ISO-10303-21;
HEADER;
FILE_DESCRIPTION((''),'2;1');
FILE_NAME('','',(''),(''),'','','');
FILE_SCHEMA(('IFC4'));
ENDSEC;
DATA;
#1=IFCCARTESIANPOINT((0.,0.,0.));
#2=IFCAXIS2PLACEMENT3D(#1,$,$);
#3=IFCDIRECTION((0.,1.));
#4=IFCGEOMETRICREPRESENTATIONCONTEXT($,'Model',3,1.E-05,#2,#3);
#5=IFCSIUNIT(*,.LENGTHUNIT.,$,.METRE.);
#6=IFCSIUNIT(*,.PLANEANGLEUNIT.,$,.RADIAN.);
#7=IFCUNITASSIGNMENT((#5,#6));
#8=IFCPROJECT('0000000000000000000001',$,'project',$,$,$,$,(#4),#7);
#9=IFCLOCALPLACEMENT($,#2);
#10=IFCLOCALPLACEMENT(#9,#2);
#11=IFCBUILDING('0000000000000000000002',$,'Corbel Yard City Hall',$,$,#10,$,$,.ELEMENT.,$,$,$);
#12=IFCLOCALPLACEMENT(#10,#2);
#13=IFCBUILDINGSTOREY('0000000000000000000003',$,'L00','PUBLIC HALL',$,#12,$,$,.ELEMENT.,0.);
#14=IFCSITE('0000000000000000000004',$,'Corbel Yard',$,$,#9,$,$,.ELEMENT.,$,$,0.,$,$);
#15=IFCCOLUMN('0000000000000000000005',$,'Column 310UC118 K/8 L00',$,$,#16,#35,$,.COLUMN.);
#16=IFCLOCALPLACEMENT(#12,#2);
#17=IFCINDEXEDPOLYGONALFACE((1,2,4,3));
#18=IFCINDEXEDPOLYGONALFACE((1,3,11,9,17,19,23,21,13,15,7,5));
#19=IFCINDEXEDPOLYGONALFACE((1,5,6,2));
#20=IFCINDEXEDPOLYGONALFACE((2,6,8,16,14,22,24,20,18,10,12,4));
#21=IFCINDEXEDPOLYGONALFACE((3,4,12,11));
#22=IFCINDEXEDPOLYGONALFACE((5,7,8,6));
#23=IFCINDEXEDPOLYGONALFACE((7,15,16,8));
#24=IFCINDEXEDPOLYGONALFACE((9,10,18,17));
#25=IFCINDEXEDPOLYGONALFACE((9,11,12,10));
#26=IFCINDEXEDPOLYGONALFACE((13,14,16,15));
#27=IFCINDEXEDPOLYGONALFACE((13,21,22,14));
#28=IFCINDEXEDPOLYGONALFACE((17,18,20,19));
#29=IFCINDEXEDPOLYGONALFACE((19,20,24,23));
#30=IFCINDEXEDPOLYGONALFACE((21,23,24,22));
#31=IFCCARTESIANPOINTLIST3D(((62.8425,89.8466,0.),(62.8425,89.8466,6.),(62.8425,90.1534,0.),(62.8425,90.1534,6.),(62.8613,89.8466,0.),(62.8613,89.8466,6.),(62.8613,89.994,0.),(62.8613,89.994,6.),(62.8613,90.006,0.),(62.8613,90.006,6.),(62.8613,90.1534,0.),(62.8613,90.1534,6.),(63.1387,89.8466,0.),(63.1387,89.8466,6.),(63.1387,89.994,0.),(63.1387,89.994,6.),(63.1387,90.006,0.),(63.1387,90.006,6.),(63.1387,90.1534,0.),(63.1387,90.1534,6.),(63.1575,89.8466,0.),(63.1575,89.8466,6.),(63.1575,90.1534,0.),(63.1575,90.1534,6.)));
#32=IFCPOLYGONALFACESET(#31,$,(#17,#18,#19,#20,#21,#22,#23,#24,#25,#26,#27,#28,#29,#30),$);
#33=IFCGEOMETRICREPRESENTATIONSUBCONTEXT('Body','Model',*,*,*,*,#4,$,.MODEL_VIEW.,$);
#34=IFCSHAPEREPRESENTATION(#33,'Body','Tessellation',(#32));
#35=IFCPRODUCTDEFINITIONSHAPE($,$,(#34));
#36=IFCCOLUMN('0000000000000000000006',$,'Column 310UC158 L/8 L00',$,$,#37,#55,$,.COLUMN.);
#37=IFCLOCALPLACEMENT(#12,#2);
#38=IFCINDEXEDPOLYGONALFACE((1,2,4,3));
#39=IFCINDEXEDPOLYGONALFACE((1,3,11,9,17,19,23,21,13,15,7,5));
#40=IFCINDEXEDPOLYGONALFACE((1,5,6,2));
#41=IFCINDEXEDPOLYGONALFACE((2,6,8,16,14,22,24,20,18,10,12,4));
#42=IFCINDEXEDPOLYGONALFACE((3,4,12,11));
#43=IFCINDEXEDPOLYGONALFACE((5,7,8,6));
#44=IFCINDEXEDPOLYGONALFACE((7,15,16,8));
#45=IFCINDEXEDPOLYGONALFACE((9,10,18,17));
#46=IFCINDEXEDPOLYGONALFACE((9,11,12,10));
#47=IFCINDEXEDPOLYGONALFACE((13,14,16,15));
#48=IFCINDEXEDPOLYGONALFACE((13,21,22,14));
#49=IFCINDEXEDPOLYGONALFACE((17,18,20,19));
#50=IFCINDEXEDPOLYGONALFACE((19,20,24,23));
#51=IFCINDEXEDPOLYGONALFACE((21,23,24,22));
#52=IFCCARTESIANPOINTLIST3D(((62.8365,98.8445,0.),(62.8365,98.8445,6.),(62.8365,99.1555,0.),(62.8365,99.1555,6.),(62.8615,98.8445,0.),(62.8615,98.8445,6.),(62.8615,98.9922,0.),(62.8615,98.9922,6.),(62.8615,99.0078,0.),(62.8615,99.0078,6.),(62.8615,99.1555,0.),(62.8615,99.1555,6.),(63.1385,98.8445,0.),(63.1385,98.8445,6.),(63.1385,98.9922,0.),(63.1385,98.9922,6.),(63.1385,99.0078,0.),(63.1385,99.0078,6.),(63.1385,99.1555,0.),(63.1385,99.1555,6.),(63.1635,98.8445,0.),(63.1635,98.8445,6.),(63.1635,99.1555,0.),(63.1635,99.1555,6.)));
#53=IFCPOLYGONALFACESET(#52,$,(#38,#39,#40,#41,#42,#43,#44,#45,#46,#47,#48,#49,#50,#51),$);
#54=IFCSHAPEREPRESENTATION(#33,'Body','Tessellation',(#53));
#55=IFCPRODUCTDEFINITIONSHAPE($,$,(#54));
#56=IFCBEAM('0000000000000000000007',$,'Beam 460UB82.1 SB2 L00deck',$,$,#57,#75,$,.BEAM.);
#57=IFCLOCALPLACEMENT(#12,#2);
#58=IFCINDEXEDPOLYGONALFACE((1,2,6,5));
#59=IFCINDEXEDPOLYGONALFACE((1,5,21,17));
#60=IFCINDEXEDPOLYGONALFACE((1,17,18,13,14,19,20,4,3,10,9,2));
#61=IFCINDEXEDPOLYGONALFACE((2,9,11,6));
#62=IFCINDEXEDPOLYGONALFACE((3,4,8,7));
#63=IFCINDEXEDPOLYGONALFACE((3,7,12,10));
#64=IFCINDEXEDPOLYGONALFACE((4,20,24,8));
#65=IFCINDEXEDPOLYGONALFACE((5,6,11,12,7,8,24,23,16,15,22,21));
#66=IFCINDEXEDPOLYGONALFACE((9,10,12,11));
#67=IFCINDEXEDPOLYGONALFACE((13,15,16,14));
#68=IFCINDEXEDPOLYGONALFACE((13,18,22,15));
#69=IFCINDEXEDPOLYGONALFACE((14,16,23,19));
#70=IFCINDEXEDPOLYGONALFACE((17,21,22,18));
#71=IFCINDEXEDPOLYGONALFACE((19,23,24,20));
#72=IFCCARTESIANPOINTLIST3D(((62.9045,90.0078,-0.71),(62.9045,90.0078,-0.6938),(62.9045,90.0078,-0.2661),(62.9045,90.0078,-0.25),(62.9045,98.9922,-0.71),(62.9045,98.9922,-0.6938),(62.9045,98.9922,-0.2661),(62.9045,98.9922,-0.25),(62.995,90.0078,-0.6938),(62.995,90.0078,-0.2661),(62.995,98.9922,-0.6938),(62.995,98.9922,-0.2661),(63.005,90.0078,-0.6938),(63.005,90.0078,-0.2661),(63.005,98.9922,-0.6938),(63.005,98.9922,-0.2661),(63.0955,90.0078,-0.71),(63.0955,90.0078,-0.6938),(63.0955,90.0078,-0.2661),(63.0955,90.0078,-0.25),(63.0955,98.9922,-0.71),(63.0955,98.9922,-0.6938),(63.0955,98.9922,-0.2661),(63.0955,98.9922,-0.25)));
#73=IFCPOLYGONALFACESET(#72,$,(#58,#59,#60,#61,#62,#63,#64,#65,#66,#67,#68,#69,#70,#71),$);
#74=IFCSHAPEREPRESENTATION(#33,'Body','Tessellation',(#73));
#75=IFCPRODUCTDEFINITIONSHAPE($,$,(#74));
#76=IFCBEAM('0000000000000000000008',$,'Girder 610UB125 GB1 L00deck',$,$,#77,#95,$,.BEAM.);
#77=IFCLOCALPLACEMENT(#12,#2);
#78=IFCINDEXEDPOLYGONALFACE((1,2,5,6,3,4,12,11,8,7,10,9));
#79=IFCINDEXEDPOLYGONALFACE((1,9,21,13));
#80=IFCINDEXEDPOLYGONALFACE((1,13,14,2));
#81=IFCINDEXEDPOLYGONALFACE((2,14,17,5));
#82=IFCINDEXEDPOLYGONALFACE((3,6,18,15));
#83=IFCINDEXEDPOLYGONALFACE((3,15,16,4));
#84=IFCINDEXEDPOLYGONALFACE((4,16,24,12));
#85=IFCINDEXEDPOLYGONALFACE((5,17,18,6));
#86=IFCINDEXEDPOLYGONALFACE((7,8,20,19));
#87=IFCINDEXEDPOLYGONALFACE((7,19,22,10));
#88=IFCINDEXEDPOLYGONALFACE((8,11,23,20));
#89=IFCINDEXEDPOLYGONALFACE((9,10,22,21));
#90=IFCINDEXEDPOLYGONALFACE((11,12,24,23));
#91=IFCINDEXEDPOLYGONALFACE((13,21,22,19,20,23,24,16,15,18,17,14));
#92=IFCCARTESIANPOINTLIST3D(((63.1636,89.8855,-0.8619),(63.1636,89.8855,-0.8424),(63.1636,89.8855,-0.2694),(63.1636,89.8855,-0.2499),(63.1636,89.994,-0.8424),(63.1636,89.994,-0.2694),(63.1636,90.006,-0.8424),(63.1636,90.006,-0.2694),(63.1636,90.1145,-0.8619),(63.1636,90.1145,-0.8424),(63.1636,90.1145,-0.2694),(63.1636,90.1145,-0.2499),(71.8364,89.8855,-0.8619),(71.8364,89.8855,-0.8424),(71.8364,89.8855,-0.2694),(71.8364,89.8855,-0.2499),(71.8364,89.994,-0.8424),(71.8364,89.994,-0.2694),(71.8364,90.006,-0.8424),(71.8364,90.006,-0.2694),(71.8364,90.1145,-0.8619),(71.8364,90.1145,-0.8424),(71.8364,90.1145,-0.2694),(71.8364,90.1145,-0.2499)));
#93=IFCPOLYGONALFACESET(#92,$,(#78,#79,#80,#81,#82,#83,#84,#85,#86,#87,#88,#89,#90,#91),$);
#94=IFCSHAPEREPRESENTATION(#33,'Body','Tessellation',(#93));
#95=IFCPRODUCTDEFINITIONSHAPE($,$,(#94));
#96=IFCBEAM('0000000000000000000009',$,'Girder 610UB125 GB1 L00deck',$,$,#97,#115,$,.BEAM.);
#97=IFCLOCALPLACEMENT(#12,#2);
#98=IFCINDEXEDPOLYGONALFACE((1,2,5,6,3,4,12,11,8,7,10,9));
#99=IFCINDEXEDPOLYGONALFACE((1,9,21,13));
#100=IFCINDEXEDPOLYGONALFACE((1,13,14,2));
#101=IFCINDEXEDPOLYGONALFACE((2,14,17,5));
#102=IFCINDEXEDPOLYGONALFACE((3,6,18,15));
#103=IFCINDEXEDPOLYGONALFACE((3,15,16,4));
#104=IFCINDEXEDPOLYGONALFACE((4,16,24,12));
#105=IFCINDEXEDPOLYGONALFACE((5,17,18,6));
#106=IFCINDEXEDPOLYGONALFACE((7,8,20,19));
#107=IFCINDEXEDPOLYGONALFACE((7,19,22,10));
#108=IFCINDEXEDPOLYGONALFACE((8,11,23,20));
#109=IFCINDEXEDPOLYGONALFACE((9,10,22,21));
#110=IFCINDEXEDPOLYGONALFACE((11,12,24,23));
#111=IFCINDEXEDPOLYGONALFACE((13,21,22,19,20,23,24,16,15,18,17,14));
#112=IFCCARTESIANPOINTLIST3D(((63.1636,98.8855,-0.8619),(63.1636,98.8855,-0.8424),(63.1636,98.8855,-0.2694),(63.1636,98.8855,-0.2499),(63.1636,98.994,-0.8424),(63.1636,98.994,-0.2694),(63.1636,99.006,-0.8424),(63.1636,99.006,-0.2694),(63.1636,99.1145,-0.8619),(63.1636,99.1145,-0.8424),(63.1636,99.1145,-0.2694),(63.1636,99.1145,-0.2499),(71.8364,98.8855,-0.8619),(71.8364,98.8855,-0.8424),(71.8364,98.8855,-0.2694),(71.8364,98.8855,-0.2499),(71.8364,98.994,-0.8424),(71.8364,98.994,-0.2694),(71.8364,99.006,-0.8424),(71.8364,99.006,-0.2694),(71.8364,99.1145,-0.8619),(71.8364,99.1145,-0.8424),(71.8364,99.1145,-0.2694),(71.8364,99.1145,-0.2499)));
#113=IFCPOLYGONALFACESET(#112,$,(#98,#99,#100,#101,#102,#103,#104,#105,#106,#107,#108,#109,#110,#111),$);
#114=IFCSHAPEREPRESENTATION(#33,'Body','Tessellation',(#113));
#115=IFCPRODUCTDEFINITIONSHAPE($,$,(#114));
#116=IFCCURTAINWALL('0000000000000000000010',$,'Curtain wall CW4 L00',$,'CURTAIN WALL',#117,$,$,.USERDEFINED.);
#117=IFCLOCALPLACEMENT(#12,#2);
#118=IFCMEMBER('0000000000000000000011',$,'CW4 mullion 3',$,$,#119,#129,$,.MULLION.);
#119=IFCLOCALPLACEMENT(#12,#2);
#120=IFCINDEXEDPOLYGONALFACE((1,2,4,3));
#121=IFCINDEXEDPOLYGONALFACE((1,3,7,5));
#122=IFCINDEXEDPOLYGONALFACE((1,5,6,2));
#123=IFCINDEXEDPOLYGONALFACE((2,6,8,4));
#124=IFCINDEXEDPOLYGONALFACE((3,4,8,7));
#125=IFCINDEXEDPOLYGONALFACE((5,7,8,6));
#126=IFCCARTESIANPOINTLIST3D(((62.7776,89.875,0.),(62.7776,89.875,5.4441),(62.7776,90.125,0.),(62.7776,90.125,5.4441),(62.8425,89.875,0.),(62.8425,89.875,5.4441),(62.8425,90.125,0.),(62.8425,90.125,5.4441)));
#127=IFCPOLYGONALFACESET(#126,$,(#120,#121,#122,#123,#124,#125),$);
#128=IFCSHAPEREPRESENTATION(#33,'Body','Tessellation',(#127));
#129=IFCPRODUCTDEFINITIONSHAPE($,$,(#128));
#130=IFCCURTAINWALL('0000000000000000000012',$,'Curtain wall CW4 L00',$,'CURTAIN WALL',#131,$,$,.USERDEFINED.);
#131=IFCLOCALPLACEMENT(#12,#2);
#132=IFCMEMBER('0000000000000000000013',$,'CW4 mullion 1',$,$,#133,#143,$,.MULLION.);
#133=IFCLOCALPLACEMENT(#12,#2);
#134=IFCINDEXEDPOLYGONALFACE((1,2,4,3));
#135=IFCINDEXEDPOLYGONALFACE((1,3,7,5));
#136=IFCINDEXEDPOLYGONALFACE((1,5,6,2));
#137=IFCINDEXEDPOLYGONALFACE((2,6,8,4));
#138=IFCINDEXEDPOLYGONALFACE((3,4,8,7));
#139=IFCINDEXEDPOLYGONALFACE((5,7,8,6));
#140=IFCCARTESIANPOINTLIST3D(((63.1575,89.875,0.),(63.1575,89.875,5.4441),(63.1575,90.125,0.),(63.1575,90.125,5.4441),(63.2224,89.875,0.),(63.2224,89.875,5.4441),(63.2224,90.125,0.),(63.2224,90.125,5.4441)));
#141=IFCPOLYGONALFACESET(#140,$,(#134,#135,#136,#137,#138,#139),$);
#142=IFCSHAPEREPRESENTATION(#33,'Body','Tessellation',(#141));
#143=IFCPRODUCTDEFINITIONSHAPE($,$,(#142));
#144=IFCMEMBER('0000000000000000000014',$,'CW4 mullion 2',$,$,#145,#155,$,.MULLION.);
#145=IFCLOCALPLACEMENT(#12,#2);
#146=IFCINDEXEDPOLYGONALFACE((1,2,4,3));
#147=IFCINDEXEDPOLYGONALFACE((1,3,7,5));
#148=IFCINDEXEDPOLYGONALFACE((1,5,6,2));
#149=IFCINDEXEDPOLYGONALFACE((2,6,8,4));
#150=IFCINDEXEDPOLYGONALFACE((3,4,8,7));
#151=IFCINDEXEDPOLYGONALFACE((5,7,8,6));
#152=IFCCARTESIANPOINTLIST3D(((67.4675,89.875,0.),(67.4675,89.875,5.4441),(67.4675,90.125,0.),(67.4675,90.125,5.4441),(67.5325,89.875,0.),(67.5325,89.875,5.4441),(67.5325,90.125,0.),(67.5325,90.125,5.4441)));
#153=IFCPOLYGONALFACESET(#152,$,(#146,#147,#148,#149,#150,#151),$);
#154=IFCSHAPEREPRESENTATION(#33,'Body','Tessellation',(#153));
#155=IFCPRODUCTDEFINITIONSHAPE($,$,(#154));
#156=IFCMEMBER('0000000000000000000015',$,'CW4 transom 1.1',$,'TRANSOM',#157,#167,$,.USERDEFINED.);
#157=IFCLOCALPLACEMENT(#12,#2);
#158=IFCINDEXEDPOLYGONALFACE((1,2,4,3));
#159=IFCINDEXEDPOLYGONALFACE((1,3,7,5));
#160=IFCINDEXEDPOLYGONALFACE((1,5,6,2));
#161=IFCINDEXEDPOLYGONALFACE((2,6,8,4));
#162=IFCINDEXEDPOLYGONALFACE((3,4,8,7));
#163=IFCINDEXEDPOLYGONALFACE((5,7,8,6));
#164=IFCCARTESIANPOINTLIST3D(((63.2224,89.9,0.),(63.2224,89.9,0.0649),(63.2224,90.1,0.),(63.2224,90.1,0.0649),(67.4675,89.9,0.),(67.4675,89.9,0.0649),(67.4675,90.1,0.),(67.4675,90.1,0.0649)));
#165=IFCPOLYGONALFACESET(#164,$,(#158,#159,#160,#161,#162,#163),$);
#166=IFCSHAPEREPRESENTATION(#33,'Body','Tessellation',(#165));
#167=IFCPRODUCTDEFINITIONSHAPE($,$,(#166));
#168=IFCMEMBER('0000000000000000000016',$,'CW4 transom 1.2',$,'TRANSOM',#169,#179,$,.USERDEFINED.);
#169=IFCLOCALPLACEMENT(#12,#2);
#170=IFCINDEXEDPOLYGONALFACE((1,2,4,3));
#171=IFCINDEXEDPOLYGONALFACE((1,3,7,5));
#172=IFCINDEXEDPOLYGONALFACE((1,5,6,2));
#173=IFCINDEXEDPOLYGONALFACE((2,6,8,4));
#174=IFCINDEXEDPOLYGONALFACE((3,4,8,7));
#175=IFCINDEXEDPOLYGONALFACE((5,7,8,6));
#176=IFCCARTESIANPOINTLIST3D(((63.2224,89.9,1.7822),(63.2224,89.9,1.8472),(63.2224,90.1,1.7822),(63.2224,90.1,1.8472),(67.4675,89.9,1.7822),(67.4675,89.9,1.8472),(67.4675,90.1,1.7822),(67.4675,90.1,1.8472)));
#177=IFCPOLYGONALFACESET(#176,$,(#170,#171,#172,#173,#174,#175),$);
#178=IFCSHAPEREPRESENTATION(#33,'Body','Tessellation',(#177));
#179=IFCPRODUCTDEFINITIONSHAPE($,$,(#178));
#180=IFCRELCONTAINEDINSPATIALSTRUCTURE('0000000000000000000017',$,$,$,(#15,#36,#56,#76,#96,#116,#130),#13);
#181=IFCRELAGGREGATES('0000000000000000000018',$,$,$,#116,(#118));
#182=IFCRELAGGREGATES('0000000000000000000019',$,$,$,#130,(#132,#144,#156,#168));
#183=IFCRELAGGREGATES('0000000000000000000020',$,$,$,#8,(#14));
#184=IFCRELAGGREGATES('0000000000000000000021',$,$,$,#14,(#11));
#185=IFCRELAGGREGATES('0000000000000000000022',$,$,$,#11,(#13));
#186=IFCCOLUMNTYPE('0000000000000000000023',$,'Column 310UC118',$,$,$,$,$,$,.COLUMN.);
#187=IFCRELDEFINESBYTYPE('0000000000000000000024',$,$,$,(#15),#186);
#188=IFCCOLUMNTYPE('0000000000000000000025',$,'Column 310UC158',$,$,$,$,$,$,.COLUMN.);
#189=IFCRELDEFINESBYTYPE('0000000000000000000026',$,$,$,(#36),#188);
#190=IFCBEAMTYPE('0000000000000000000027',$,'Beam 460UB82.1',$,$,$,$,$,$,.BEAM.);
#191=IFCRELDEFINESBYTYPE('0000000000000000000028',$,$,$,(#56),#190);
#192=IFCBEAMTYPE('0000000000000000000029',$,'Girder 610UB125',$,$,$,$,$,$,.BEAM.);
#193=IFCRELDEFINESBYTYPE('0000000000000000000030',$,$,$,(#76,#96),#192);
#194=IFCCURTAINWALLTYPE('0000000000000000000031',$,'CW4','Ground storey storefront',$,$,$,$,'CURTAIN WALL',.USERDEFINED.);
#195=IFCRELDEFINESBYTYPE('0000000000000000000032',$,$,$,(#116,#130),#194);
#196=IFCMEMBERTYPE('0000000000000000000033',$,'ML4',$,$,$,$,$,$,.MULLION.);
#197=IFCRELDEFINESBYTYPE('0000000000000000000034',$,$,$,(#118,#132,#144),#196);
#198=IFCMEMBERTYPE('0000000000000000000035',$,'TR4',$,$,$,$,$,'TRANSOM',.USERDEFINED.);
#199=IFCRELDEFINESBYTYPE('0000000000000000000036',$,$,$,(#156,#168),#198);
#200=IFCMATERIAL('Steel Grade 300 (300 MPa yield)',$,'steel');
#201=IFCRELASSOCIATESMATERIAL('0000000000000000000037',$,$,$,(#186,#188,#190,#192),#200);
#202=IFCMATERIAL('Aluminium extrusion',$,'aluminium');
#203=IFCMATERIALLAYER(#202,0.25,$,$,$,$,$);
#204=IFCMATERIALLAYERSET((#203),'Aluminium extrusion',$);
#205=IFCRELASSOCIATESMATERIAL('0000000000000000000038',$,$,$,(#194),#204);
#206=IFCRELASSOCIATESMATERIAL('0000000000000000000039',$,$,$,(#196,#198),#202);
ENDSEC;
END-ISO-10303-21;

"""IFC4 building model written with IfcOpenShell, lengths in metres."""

from ifc_helpers import new_model, si_unit, direction, frame, origin, origin_2d, place, context, subcontext, project, spatial, rectangle, i_section, extrude, material, layer, layer_set, material_profile, profile_set, type_object, element, aggregate, save


model = new_model("IFC4")

# Units and contexts
model_context = context("Model", 3, precision=1e-05, world=origin(), true_north=direction((0.0, 1.0)))
body_context = subcontext(model_context, "Body", "Model", "MODEL_VIEW")
ifc_project = project(units=[si_unit("LENGTHUNIT", "METRE"), si_unit("PLANEANGLEUNIT", "RADIAN")], contexts=[model_context])

# Site, building, storey
site_placement = place(None, origin())
site = spatial("IfcSite", under=ifc_project, at=site_placement, Name="Corbel Yard", CompositionType="ELEMENT", RefElevation=0.0)
building_placement = place(site_placement, origin())
building = spatial("IfcBuilding", under=site, at=building_placement, Name="Corbel Yard City Hall", CompositionType="ELEMENT")
storey_placement = place(building_placement, origin())
storey = spatial("IfcBuildingStorey", under=building, at=storey_placement, Name="L00", Description="PUBLIC HALL", CompositionType="ELEMENT", Elevation=0.0)

# Columns
ifc_material_1 = material(Name="Steel Grade 300 (300 MPa yield)", Category="steel")
ifc_material_profile_1 = material_profile(ifc_material_1, i_section(OverallWidth=0.3069, OverallDepth=0.3149, WebThickness=0.012, FlangeThickness=0.0188, at=origin_2d()), Name="310UC118")
ifc_profile_set_1 = profile_set([ifc_material_profile_1], Name="Steel Grade 300 (300 MPa yield)")
column_type_1 = type_object("IfcColumnType", Name="Column 310UC118", PredefinedType="COLUMN", material=ifc_profile_set_1)
column_1_placement = place(storey_placement, frame((63.0, 90.0, 0.0), z_axis=(0.0, 0.0, 1.0), x_axis=(0.0, 1.0, 0.0)))
element("IfcColumn", 1, at=column_1_placement, inside=storey, type_object=column_type_1, Name="Column 310UC118 K/8 L00", PredefinedType="COLUMN", context=body_context, shape_type="SweptSolid", body=[
    extrude(i_section(OverallWidth=0.3069, OverallDepth=0.3149, WebThickness=0.012, FlangeThickness=0.0188, at=origin_2d()), origin(), (0.0, 0.0, 1.0), 6.0),
])
ifc_material_profile_2 = material_profile(ifc_material_1, i_section(OverallWidth=0.311, OverallDepth=0.3269, WebThickness=0.0156, FlangeThickness=0.0249, at=origin_2d()), Name="310UC158")
ifc_profile_set_2 = profile_set([ifc_material_profile_2], Name="Steel Grade 300 (300 MPa yield)")
column_type_2 = type_object("IfcColumnType", Name="Column 310UC158", PredefinedType="COLUMN", material=ifc_profile_set_2)
column_2_placement = place(storey_placement, frame((63.0, 99.0, 0.0), z_axis=(0.0, 0.0, 1.0), x_axis=(0.0, 1.0, 0.0)))
element("IfcColumn", 2, at=column_2_placement, inside=storey, type_object=column_type_2, Name="Column 310UC158 L/8 L00", PredefinedType="COLUMN", context=body_context, shape_type="SweptSolid", body=[
    extrude(i_section(OverallWidth=0.311, OverallDepth=0.3269, WebThickness=0.0156, FlangeThickness=0.0249, at=origin_2d()), origin(), (0.0, 0.0, 1.0), 6.0),
])

# Beams
ifc_material_profile_3 = material_profile(ifc_material_1, i_section(OverallWidth=0.1909, OverallDepth=0.46, WebThickness=0.01, FlangeThickness=0.0161, at=origin_2d()), Name="460UB82.1")
ifc_profile_set_3 = profile_set([ifc_material_profile_3], Name="Steel Grade 300 (300 MPa yield)")
beam_type_1 = type_object("IfcBeamType", Name="Beam 460UB82.1", PredefinedType="BEAM", material=ifc_profile_set_3)
beam_placement = place(storey_placement, frame((63.0, 90.0078, -0.48), z_axis=(0.0, 1.0, 0.0), x_axis=(-1.0, 0.0, 0.0)))
element("IfcBeam", 3, at=beam_placement, inside=storey, type_object=beam_type_1, Name="Beam 460UB82.1 SB2 L00deck", PredefinedType="BEAM", context=body_context, shape_type="SweptSolid", body=[
    extrude(i_section(OverallWidth=0.1909, OverallDepth=0.46, WebThickness=0.01, FlangeThickness=0.0161, at=origin_2d()), origin(), (0.0, 0.0, 1.0), 8.9844),
])
ifc_material_profile_4 = material_profile(ifc_material_1, i_section(OverallWidth=0.229, OverallDepth=0.6121, WebThickness=0.012, FlangeThickness=0.0195, at=origin_2d()), Name="610UB125")
ifc_profile_set_4 = profile_set([ifc_material_profile_4], Name="Steel Grade 300 (300 MPa yield)")
beam_type_2 = type_object("IfcBeamType", Name="Girder 610UB125", PredefinedType="BEAM", material=ifc_profile_set_4)
for number, where, z_axis, x_axis, name in (
    (4, (63.1636, 90.0, -0.5559), (1.0, 0.0, 0.0), (0.0, 1.0, 0.0), "Girder 610UB125 GB1 L00deck"),
    (5, (63.1636, 99.0, -0.5559), (1.0, 0.0, 0.0), (0.0, 1.0, 0.0), "Girder 610UB125 GB1 L00deck"),
):
    element("IfcBeam", number, at=place(storey_placement, frame(where, z_axis=z_axis, x_axis=x_axis)), inside=storey, type_object=beam_type_2, Name=name, PredefinedType="BEAM", context=body_context, shape_type="SweptSolid", body=[
        extrude(i_section(OverallWidth=0.229, OverallDepth=0.6121, WebThickness=0.012, FlangeThickness=0.0195, at=origin_2d()), origin(), (0.0, 0.0, 1.0), 8.6729),
    ])

# Curtain wall, member
ifc_material_2 = material(Name="Aluminium extrusion", Category="aluminium")
ifc_layer_1 = layer(ifc_material_2, 0.25)
ifc_layer_set_1 = layer_set([ifc_layer_1], Name="Aluminium extrusion")
curtain_wall_type = type_object("IfcCurtainWallType", Name="CW4", Description="Ground storey storefront", ElementType="CURTAIN WALL", PredefinedType="USERDEFINED", material=ifc_layer_set_1)
curtain_wall_1_placement = place(storey_placement, origin())
curtain_wall_1 = element("IfcCurtainWall", 6, at=curtain_wall_1_placement, inside=storey, type_object=curtain_wall_type, Name="Curtain wall CW4 L00", ObjectType="CURTAIN WALL", PredefinedType="USERDEFINED")
ifc_material_profile_5 = material_profile(ifc_material_2, rectangle(XDim=0.25, YDim=0.0649, at=origin_2d()), Name="250x65")
ifc_profile_set_5 = profile_set([ifc_material_profile_5], Name="Aluminium extrusion")
member_type_1 = type_object("IfcMemberType", Name="ML4", PredefinedType="MULLION", material=ifc_profile_set_5)
member_1_placement = place(storey_placement, frame((62.8101, 90.0, 0.0), z_axis=(0.0, 0.0, 1.0), x_axis=(0.0, 1.0, 0.0)))
member_1 = element("IfcMember", 7, at=member_1_placement, type_object=member_type_1, Name="CW4 mullion 3", PredefinedType="MULLION", context=body_context, shape_type="SweptSolid", body=[
    extrude(rectangle(XDim=0.25, YDim=0.0649, at=origin_2d()), origin(), (0.0, 0.0, 1.0), 5.4441),
])

# Curtain wall, members
curtain_wall_2_placement = place(storey_placement, origin())
curtain_wall_2 = element("IfcCurtainWall", 8, at=curtain_wall_2_placement, inside=storey, type_object=curtain_wall_type, Name="Curtain wall CW4 L00", ObjectType="CURTAIN WALL", PredefinedType="USERDEFINED")
member_2_placement = place(storey_placement, frame((63.1899, 90.0, 0.0), z_axis=(0.0, 0.0, 1.0), x_axis=(0.0, 1.0, 0.0)))
member_2 = element("IfcMember", 9, at=member_2_placement, type_object=member_type_1, Name="CW4 mullion 1", PredefinedType="MULLION", context=body_context, shape_type="SweptSolid", body=[
    extrude(rectangle(XDim=0.25, YDim=0.0649, at=origin_2d()), origin(), (0.0, 0.0, 1.0), 5.4441),
])
member_3_placement = place(storey_placement, frame((67.5, 90.0, 0.0), z_axis=(0.0, 0.0, 1.0), x_axis=(0.0, 1.0, 0.0)))
member_3 = element("IfcMember", 10, at=member_3_placement, type_object=member_type_1, Name="CW4 mullion 2", PredefinedType="MULLION", context=body_context, shape_type="SweptSolid", body=[
    extrude(rectangle(XDim=0.25, YDim=0.0649, at=origin_2d()), origin(), (0.0, 0.0, 1.0), 5.4441),
])
ifc_material_profile_6 = material_profile(ifc_material_2, rectangle(XDim=0.2, YDim=0.0649, at=origin_2d()), Name="200x65")
ifc_profile_set_6 = profile_set([ifc_material_profile_6], Name="Aluminium extrusion")
member_type_2 = type_object("IfcMemberType", Name="TR4", ElementType="TRANSOM", PredefinedType="USERDEFINED", material=ifc_profile_set_6)
member_4_placement = place(storey_placement, frame((63.2224, 90.0, 0.0325), z_axis=(1.0, 0.0, 0.0), x_axis=(0.0, 1.0, 0.0)))
member_4 = element("IfcMember", 11, at=member_4_placement, type_object=member_type_2, Name="CW4 transom 1.1", ObjectType="TRANSOM", PredefinedType="USERDEFINED", context=body_context, shape_type="SweptSolid", body=[
    extrude(rectangle(XDim=0.2, YDim=0.0649, at=origin_2d()), origin(), (0.0, 0.0, 1.0), 4.2451),
])
member_5_placement = place(storey_placement, frame((63.2224, 90.0, 1.8147), z_axis=(1.0, 0.0, 0.0), x_axis=(0.0, 1.0, 0.0)))
member_5 = element("IfcMember", 12, at=member_5_placement, type_object=member_type_2, Name="CW4 transom 1.2", ObjectType="TRANSOM", PredefinedType="USERDEFINED", context=body_context, shape_type="SweptSolid", body=[
    extrude(rectangle(XDim=0.2, YDim=0.0649, at=origin_2d()), origin(), (0.0, 0.0, 1.0), 4.2451),
])

aggregate(curtain_wall_1, [member_1])
aggregate(curtain_wall_2, [member_2, member_3, member_4, member_5])

save(model, "model.ifc")
